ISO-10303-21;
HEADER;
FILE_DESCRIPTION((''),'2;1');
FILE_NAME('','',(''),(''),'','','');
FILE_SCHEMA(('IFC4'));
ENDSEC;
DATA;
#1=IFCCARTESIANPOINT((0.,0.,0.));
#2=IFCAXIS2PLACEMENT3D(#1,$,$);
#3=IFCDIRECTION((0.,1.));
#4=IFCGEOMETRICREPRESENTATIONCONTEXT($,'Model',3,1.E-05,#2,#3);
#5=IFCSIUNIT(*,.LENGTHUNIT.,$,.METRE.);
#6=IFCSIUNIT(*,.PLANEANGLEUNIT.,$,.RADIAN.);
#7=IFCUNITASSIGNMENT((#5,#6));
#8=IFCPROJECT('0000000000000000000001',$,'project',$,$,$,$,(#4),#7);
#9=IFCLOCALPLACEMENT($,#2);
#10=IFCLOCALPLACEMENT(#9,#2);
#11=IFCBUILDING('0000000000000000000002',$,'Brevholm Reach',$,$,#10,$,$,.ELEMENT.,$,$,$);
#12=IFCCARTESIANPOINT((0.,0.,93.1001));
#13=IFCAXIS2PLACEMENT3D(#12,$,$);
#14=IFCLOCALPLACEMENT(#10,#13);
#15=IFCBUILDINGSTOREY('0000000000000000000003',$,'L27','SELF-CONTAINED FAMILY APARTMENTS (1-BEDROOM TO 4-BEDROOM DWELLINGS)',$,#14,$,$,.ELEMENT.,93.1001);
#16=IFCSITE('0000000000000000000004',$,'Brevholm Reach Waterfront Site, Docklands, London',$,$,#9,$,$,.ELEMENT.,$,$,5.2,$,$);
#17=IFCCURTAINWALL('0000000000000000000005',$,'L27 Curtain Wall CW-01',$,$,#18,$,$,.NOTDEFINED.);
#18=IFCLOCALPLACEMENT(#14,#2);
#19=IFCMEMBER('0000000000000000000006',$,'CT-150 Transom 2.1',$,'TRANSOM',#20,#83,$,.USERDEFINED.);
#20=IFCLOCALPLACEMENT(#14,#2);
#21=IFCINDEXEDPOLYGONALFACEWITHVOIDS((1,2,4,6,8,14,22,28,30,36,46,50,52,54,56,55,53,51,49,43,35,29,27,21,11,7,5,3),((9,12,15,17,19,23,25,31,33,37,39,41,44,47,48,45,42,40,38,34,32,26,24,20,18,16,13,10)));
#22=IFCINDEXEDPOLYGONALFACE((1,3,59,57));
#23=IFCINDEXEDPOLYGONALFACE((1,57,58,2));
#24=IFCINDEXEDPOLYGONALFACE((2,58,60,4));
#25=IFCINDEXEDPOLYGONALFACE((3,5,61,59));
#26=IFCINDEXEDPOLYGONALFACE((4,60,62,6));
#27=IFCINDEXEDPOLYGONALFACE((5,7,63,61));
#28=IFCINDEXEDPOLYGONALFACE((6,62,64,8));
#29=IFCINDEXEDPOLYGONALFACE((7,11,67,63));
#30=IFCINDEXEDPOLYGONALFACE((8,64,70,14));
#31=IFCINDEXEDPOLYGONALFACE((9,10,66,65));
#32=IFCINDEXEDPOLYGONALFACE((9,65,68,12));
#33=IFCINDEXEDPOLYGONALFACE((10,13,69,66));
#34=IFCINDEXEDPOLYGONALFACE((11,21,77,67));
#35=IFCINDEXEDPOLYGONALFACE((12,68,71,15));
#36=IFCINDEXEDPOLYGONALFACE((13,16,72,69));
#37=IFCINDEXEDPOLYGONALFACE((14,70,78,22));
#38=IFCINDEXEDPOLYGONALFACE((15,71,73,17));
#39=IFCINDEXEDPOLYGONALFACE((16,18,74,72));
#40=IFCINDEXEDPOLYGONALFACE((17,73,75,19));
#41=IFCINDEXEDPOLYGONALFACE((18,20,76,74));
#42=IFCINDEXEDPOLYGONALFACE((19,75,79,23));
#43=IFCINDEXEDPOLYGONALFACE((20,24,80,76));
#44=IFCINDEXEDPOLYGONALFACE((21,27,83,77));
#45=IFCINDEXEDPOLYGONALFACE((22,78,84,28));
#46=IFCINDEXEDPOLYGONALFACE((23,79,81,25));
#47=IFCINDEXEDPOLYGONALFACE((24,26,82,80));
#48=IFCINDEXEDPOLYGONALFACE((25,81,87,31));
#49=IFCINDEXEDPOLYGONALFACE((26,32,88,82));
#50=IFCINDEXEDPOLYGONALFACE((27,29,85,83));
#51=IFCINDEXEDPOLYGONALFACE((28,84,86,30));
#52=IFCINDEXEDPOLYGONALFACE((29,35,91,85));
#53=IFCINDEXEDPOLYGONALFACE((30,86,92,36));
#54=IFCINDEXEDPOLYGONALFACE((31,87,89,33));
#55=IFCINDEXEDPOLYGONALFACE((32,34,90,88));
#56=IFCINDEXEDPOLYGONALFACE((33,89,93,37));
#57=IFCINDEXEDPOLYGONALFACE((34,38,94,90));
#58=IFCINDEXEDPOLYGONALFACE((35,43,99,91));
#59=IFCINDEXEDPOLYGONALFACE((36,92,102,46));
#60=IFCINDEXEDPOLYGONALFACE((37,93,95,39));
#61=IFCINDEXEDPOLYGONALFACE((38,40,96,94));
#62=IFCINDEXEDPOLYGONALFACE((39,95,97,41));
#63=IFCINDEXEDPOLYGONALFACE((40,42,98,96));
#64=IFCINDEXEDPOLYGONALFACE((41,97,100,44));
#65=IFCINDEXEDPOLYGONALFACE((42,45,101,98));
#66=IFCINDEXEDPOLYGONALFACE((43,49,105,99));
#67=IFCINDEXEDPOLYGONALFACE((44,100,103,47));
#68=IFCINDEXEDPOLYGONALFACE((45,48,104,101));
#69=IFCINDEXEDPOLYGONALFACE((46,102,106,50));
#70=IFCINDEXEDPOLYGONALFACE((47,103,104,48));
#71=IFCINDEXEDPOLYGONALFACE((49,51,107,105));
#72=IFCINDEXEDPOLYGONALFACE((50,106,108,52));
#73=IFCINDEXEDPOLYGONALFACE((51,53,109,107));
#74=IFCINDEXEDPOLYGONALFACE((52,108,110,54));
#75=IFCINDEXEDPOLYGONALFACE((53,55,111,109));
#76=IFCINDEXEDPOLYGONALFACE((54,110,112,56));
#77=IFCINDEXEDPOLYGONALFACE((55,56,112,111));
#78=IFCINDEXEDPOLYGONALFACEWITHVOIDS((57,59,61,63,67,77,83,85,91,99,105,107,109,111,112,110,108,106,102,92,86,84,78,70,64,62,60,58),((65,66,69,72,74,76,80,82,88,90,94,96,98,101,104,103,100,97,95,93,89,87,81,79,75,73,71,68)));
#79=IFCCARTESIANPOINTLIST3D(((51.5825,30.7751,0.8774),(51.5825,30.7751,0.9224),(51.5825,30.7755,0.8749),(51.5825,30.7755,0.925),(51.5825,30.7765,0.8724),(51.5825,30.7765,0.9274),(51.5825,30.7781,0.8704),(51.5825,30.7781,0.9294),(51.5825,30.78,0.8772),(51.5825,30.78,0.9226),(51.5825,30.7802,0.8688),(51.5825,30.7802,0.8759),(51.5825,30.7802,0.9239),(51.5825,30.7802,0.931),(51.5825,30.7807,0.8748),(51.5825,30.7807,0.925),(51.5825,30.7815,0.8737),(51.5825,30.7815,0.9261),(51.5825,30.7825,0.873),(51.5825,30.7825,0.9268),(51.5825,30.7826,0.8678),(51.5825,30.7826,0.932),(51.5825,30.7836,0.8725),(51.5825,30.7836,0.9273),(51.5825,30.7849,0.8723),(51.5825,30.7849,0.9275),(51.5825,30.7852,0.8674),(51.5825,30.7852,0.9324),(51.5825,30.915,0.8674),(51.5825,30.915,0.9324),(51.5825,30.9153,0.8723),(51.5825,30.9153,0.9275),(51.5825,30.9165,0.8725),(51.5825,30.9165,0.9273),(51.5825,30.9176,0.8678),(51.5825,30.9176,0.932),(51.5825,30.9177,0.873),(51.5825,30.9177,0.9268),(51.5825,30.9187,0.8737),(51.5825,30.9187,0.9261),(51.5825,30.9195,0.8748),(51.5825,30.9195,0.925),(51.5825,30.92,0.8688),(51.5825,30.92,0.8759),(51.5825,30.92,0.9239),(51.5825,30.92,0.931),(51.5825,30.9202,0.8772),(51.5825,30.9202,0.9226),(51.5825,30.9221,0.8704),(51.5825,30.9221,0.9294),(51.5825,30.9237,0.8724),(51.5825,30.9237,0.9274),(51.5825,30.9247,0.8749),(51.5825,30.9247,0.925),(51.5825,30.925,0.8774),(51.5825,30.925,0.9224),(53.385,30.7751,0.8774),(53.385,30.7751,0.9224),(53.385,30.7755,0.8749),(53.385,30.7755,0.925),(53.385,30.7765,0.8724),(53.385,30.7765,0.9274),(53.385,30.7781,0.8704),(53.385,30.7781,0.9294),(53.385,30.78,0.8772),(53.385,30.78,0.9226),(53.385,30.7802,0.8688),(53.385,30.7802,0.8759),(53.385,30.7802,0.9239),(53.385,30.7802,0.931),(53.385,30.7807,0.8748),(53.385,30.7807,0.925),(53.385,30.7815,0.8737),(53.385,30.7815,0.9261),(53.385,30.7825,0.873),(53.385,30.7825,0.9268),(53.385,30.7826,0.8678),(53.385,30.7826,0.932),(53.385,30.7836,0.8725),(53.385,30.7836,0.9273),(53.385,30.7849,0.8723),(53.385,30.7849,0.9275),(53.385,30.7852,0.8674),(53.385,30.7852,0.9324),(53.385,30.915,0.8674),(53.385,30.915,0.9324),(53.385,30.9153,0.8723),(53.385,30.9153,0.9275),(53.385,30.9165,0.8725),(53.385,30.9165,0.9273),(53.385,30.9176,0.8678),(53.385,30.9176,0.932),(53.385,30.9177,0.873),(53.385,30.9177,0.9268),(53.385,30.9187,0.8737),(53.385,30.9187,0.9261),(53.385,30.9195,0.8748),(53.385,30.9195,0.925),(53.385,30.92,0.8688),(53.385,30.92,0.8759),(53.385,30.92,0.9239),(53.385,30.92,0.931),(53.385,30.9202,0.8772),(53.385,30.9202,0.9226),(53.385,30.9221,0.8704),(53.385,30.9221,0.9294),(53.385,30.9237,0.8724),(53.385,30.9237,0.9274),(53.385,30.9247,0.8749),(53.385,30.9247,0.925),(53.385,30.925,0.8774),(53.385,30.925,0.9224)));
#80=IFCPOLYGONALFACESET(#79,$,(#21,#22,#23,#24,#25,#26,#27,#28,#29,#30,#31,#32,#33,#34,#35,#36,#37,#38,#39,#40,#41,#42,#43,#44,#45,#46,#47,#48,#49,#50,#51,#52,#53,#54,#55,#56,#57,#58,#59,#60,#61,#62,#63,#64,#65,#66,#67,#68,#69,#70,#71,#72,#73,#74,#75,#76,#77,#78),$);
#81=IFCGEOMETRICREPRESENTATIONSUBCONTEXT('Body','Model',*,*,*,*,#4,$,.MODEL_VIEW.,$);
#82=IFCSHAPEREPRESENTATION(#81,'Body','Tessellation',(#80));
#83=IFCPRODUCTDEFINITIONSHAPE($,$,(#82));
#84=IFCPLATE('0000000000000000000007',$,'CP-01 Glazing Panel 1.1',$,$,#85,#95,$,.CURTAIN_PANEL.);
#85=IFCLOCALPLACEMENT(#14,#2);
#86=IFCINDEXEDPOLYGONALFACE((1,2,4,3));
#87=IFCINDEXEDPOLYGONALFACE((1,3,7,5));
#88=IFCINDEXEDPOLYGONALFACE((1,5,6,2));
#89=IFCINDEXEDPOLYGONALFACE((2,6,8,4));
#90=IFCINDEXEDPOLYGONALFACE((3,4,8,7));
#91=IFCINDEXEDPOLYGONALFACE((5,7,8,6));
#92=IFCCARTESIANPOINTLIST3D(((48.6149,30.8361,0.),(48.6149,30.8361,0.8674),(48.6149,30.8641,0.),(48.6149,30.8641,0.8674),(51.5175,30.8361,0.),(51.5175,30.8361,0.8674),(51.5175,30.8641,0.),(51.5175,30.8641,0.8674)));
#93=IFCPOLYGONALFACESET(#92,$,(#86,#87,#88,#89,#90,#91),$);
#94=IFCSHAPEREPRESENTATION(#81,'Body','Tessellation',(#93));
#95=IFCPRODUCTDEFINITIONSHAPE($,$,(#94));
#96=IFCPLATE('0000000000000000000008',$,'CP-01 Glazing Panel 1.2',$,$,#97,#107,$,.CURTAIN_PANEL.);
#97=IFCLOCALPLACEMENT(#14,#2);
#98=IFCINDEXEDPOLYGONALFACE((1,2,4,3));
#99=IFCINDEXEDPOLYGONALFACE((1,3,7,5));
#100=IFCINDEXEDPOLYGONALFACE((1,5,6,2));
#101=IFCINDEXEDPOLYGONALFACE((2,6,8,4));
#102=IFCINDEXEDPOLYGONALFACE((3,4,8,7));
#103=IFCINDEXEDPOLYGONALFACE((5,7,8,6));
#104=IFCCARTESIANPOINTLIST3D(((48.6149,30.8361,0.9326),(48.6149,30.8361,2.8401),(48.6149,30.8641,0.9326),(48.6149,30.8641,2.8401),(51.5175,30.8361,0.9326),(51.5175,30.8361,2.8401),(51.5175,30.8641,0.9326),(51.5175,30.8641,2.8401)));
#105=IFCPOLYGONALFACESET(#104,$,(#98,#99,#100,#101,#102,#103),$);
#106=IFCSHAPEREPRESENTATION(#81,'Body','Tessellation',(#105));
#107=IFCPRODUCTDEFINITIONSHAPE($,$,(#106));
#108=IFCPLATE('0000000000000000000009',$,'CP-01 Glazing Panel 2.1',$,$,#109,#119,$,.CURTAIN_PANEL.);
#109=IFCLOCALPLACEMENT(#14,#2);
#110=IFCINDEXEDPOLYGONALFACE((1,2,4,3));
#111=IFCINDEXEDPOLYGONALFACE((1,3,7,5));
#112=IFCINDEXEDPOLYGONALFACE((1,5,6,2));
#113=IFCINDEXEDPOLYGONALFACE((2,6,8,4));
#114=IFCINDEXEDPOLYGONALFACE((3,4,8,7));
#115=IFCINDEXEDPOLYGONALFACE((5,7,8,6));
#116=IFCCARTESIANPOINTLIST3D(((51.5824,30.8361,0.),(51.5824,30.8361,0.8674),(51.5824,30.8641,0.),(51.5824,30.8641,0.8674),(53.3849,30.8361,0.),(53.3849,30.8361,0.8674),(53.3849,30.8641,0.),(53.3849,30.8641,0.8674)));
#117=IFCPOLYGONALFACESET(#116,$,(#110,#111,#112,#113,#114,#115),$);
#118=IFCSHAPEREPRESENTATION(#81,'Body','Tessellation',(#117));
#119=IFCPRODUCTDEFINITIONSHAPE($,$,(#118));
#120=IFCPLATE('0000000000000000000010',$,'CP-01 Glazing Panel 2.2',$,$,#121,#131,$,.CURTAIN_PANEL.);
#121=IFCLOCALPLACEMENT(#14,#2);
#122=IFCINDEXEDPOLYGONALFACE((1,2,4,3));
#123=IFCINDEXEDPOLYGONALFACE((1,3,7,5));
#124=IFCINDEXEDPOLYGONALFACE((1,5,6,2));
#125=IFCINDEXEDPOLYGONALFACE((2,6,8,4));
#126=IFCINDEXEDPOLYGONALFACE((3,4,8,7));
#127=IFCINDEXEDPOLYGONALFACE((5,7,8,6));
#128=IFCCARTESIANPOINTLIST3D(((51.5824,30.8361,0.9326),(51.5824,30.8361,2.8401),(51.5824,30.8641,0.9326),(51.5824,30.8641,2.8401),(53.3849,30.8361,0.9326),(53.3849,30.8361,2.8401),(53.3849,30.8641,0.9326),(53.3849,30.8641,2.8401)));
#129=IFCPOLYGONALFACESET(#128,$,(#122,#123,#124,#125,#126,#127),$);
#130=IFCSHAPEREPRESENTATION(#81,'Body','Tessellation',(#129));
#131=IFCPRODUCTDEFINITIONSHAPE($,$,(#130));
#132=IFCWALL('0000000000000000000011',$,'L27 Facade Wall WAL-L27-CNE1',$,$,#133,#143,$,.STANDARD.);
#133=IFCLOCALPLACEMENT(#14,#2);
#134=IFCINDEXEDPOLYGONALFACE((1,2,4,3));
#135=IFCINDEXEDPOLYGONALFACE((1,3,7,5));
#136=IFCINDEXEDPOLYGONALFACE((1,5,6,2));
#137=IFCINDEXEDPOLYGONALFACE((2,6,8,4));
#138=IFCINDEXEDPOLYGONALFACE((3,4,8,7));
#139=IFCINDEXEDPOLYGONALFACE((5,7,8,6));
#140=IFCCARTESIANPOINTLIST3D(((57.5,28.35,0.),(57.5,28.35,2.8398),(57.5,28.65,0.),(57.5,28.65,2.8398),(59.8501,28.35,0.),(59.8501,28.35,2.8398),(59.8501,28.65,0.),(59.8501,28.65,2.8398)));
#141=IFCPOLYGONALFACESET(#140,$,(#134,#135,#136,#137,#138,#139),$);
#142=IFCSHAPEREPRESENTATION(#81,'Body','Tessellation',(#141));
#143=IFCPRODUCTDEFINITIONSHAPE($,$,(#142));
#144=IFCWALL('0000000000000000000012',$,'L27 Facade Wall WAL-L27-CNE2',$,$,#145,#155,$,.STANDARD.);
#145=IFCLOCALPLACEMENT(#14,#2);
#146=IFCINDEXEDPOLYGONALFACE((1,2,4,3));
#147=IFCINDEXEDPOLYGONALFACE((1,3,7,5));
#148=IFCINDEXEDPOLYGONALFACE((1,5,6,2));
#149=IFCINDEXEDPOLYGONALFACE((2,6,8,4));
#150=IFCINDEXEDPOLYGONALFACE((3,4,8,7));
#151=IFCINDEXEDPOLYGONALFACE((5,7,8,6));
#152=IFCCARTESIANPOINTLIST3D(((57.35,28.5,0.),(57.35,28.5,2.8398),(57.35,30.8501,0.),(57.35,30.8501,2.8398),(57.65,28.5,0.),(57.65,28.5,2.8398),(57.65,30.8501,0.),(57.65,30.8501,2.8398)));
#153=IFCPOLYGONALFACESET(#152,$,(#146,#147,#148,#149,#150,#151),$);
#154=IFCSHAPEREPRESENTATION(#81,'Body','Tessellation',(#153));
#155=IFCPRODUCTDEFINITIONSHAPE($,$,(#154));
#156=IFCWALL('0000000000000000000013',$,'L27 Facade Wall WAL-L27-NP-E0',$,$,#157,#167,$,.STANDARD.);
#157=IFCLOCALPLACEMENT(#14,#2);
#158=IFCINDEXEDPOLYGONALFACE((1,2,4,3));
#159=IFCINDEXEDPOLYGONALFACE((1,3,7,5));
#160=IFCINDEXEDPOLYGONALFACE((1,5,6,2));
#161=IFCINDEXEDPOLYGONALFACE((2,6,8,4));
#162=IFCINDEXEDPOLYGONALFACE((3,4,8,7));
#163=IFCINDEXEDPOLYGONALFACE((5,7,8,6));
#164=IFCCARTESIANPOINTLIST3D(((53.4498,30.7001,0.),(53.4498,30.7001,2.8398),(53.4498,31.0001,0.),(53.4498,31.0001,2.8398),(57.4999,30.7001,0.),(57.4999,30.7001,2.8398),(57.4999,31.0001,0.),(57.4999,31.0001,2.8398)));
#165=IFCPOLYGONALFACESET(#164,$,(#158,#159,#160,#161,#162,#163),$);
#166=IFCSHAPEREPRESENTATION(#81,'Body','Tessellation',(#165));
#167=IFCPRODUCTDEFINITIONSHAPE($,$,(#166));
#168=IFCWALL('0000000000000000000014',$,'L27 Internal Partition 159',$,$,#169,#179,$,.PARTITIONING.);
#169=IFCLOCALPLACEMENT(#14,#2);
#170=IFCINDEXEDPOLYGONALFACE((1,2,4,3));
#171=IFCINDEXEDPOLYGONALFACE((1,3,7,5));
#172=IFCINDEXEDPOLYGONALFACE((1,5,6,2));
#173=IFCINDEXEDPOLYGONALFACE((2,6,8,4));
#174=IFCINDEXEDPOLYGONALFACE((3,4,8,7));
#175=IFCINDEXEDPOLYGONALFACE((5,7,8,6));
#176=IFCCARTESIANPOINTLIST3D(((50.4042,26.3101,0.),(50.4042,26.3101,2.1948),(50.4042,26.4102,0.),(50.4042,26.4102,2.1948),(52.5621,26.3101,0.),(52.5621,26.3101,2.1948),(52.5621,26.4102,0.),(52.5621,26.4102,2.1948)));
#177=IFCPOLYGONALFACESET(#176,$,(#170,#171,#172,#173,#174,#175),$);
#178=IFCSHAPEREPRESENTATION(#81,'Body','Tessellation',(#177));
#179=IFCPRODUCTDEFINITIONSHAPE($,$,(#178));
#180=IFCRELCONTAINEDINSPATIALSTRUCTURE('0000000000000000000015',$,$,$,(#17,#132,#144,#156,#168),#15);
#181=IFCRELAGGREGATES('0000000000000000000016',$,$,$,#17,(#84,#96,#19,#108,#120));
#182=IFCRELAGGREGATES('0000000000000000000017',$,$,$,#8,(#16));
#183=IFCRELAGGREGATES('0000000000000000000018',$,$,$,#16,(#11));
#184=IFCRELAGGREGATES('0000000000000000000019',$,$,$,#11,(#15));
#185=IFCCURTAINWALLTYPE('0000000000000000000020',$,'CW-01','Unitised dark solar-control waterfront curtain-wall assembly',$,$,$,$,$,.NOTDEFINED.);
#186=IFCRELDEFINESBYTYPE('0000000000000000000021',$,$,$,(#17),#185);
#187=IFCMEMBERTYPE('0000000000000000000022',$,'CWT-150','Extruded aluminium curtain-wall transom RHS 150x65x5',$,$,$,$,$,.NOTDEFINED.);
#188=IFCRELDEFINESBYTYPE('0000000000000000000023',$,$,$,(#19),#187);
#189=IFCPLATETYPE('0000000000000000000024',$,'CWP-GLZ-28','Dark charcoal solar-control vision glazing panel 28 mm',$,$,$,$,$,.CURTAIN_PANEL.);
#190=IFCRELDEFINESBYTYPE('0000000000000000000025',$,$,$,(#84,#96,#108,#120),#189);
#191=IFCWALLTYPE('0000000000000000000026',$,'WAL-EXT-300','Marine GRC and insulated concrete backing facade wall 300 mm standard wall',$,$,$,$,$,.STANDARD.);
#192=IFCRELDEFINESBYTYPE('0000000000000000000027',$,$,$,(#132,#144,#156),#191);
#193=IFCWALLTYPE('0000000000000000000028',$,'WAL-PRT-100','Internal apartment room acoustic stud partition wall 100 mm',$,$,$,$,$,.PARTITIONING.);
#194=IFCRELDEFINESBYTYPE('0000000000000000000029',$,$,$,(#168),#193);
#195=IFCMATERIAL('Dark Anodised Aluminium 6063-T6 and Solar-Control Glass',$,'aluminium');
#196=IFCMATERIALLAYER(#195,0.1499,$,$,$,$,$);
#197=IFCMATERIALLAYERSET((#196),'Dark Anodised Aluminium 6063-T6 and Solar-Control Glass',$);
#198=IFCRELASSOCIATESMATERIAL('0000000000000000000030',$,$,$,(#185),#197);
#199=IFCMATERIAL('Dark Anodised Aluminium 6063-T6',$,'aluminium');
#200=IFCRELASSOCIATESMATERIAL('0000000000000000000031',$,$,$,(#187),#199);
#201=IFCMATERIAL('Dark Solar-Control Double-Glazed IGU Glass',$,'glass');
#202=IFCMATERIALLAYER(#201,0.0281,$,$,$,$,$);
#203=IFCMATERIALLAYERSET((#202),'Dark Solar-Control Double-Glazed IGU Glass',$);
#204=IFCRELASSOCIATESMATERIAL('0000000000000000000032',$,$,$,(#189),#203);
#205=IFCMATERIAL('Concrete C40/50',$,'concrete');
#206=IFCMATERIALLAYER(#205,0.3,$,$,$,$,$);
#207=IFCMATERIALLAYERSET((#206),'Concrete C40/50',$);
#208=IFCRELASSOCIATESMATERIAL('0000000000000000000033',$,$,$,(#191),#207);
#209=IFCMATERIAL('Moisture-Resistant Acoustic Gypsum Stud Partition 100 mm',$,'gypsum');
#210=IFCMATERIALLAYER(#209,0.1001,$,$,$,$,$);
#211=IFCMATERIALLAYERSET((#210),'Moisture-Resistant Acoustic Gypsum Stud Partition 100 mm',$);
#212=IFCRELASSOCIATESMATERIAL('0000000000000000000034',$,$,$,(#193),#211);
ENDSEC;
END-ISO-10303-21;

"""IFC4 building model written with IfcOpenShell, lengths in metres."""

from ifc_helpers import new_model, si_unit, direction, frame, frame_2d, origin, origin_2d, place, context, subcontext, project, spatial, rectangle, hollow_rectangle, extrude, material, layer, layer_set, material_profile, profile_set, type_object, element, aggregate, save


model = new_model("IFC4")

# Units and contexts
model_context = context("Model", 3, precision=1e-05, world=origin(), true_north=direction((0.0, 1.0)))
body_context = subcontext(model_context, "Body", "Model", "MODEL_VIEW")
ifc_project = project(units=[si_unit("LENGTHUNIT", "METRE"), si_unit("PLANEANGLEUNIT", "RADIAN")], contexts=[model_context])

# Site, building, storey
site_placement = place(None, origin())
site = spatial("IfcSite", under=ifc_project, at=site_placement, Name="Brevholm Reach Waterfront Site, Docklands, London", CompositionType="ELEMENT", RefElevation=5.2)
building_placement = place(site_placement, origin())
building = spatial("IfcBuilding", under=site, at=building_placement, Name="Brevholm Reach", CompositionType="ELEMENT")
storey_placement = place(building_placement, frame((0.0, 0.0, 93.1001)))
storey = spatial("IfcBuildingStorey", under=building, at=storey_placement, Name="L27", Description="SELF-CONTAINED FAMILY APARTMENTS (1-BEDROOM TO 4-BEDROOM DWELLINGS)", CompositionType="ELEMENT", Elevation=93.1001)

# Curtain wall, member, plates
ifc_material_1 = material(Name="Dark Anodised Aluminium 6063-T6 and Solar-Control Glass", Category="aluminium")
ifc_layer_1 = layer(ifc_material_1, 0.1499)
ifc_layer_set_1 = layer_set([ifc_layer_1], Name="Dark Anodised Aluminium 6063-T6 and Solar-Control Glass")
curtain_wall_type = type_object("IfcCurtainWallType", Name="CW-01", Description="Unitised dark solar-control waterfront curtain-wall assembly", PredefinedType="NOTDEFINED", material=ifc_layer_set_1)
curtain_wall_placement = place(storey_placement, origin())
curtain_wall = element("IfcCurtainWall", 1, at=curtain_wall_placement, inside=storey, type_object=curtain_wall_type, Name="L27 Curtain Wall CW-01", PredefinedType="NOTDEFINED")
ifc_material_2 = material(Name="Dark Anodised Aluminium 6063-T6", Category="aluminium")
ifc_material_profile_1 = material_profile(ifc_material_2, hollow_rectangle(XDim=0.0649, YDim=0.1499, WallThickness=0.0049, InnerFilletRadius=0.0049, OuterFilletRadius=0.01, at=origin_2d()), Name="RHS 150x65x5")
ifc_profile_set_1 = profile_set([ifc_material_profile_1], Name="Dark Anodised Aluminium 6063-T6")
member_type_1 = type_object("IfcMemberType", Name="CWT-150", Description="Extruded aluminium curtain-wall transom RHS 150x65x5", PredefinedType="NOTDEFINED", material=ifc_profile_set_1)
member_1_placement = place(storey_placement, frame((51.5825, 30.8501, 0.8999), z_axis=(1.0, 0.0, 0.0), x_axis=(0.0, 0.0, 1.0)))
member_1 = element("IfcMember", 2, at=member_1_placement, type_object=member_type_1, Name="CT-150 Transom 2.1", ObjectType="TRANSOM", PredefinedType="USERDEFINED", context=body_context, shape_type="SweptSolid", body=[
    extrude(hollow_rectangle(XDim=0.0649, YDim=0.1499, WallThickness=0.0049, InnerFilletRadius=0.0049, OuterFilletRadius=0.01, at=origin_2d()), origin(), (0.0, 0.0, 1.0), 1.8025),
])
ifc_material_3 = material(Name="Dark Solar-Control Double-Glazed IGU Glass", Category="glass")
ifc_layer_2 = layer(ifc_material_3, 0.0281)
ifc_layer_set_2 = layer_set([ifc_layer_2], Name="Dark Solar-Control Double-Glazed IGU Glass")
plate_type = type_object("IfcPlateType", Name="CWP-GLZ-28", Description="Dark charcoal solar-control vision glazing panel 28 mm", PredefinedType="CURTAIN_PANEL", material=ifc_layer_set_2)
plate_1_placement = place(storey_placement, frame((50.0662, 30.8501, 0.0), z_axis=(0.0, 0.0, 1.0), x_axis=(1.0, 0.0, 0.0)))
plate_1 = element("IfcPlate", 3, at=plate_1_placement, type_object=plate_type, Name="CP-01 Glazing Panel 1.1", PredefinedType="CURTAIN_PANEL", context=body_context, shape_type="SweptSolid", body=[
    extrude(rectangle(XDim=2.9026, YDim=0.0281, at=origin_2d()), origin(), (0.0, 0.0, 1.0), 0.8674),
])
plate_2_placement = place(storey_placement, frame((50.0662, 30.8501, 0.9326), z_axis=(0.0, 0.0, 1.0), x_axis=(1.0, 0.0, 0.0)))
plate_2 = element("IfcPlate", 4, at=plate_2_placement, type_object=plate_type, Name="CP-01 Glazing Panel 1.2", PredefinedType="CURTAIN_PANEL", context=body_context, shape_type="SweptSolid", body=[
    extrude(rectangle(XDim=2.9026, YDim=0.0281, at=origin_2d()), origin(), (0.0, 0.0, 1.0), 1.9075),
])
plate_3_placement = place(storey_placement, frame((52.4836, 30.8501, 0.0), z_axis=(0.0, 0.0, 1.0), x_axis=(1.0, 0.0, 0.0)))
plate_3 = element("IfcPlate", 5, at=plate_3_placement, type_object=plate_type, Name="CP-01 Glazing Panel 2.1", PredefinedType="CURTAIN_PANEL", context=body_context, shape_type="SweptSolid", body=[
    extrude(rectangle(XDim=1.8025, YDim=0.0281, at=origin_2d()), origin(), (0.0, 0.0, 1.0), 0.8674),
])
plate_4_placement = place(storey_placement, frame((52.4836, 30.8501, 0.9326), z_axis=(0.0, 0.0, 1.0), x_axis=(1.0, 0.0, 0.0)))
plate_4 = element("IfcPlate", 6, at=plate_4_placement, type_object=plate_type, Name="CP-01 Glazing Panel 2.2", PredefinedType="CURTAIN_PANEL", context=body_context, shape_type="SweptSolid", body=[
    extrude(rectangle(XDim=1.8025, YDim=0.0281, at=origin_2d()), origin(), (0.0, 0.0, 1.0), 1.9075),
])
aggregate(curtain_wall, [plate_1, plate_2, member_1, plate_3, plate_4])

# Walls
ifc_material_4 = material(Name="Concrete C40/50", Category="concrete")
ifc_layer_3 = layer(ifc_material_4, 0.3)
ifc_layer_set_3 = layer_set([ifc_layer_3], Name="Concrete C40/50")
wall_type_1 = type_object("IfcWallType", Name="WAL-EXT-300", Description="Marine GRC and insulated concrete backing facade wall 300 mm standard wall", PredefinedType="STANDARD", material=ifc_layer_set_3)
for number, where, z_axis, x_axis, name in (
    (7, (59.8501, 28.5, 0.0), (0.0, 0.0, 1.0), (-1.0, 0.0, 0.0), "L27 Facade Wall WAL-L27-CNE1"),
    (8, (57.5, 28.5, 0.0), (0.0, 0.0, 1.0), (0.0, 1.0, 0.0), "L27 Facade Wall WAL-L27-CNE2"),
):
    element("IfcWall", number, at=place(storey_placement, frame(where, z_axis=z_axis, x_axis=x_axis)), inside=storey, type_object=wall_type_1, Name=name, PredefinedType="STANDARD", context=body_context, shape_type="SweptSolid", body=[
        extrude(rectangle(XDim=2.3501, YDim=0.3, at=frame_2d((1.175, 0.0))), origin(), (0.0, 0.0, 1.0), 2.8398),
    ])
wall_1_placement = place(storey_placement, frame((53.45, 30.8501, 0.0), z_axis=(0.0, 0.0, 1.0), x_axis=(1.0, 0.0, 0.0)))
element("IfcWall", 9, at=wall_1_placement, inside=storey, type_object=wall_type_1, Name="L27 Facade Wall WAL-L27-NP-E0", PredefinedType="STANDARD", context=body_context, shape_type="SweptSolid", body=[
    extrude(rectangle(XDim=4.05, YDim=0.3, at=frame_2d((2.0249, 0.0))), origin(), (0.0, 0.0, 1.0), 2.8398),
])
ifc_material_5 = material(Name="Moisture-Resistant Acoustic Gypsum Stud Partition 100 mm", Category="gypsum")
ifc_layer_4 = layer(ifc_material_5, 0.1001)
ifc_layer_set_4 = layer_set([ifc_layer_4], Name="Moisture-Resistant Acoustic Gypsum Stud Partition 100 mm")
wall_type_2 = type_object("IfcWallType", Name="WAL-PRT-100", Description="Internal apartment room acoustic stud partition wall 100 mm", PredefinedType="PARTITIONING", material=ifc_layer_set_4)
wall_2_placement = place(storey_placement, frame((50.4041, 26.3601, 0.0), z_axis=(0.0, 0.0, 1.0), x_axis=(1.0, 0.0, 0.0)))
element("IfcWall", 10, at=wall_2_placement, inside=storey, type_object=wall_type_2, Name="L27 Internal Partition 159", PredefinedType="PARTITIONING", context=body_context, shape_type="SweptSolid", body=[
    extrude(rectangle(XDim=2.158, YDim=0.1001, at=frame_2d((1.0791, 0.0))), origin(), (0.0, 0.0, 1.0), 2.1948),
])

save(model, "model.ifc")
